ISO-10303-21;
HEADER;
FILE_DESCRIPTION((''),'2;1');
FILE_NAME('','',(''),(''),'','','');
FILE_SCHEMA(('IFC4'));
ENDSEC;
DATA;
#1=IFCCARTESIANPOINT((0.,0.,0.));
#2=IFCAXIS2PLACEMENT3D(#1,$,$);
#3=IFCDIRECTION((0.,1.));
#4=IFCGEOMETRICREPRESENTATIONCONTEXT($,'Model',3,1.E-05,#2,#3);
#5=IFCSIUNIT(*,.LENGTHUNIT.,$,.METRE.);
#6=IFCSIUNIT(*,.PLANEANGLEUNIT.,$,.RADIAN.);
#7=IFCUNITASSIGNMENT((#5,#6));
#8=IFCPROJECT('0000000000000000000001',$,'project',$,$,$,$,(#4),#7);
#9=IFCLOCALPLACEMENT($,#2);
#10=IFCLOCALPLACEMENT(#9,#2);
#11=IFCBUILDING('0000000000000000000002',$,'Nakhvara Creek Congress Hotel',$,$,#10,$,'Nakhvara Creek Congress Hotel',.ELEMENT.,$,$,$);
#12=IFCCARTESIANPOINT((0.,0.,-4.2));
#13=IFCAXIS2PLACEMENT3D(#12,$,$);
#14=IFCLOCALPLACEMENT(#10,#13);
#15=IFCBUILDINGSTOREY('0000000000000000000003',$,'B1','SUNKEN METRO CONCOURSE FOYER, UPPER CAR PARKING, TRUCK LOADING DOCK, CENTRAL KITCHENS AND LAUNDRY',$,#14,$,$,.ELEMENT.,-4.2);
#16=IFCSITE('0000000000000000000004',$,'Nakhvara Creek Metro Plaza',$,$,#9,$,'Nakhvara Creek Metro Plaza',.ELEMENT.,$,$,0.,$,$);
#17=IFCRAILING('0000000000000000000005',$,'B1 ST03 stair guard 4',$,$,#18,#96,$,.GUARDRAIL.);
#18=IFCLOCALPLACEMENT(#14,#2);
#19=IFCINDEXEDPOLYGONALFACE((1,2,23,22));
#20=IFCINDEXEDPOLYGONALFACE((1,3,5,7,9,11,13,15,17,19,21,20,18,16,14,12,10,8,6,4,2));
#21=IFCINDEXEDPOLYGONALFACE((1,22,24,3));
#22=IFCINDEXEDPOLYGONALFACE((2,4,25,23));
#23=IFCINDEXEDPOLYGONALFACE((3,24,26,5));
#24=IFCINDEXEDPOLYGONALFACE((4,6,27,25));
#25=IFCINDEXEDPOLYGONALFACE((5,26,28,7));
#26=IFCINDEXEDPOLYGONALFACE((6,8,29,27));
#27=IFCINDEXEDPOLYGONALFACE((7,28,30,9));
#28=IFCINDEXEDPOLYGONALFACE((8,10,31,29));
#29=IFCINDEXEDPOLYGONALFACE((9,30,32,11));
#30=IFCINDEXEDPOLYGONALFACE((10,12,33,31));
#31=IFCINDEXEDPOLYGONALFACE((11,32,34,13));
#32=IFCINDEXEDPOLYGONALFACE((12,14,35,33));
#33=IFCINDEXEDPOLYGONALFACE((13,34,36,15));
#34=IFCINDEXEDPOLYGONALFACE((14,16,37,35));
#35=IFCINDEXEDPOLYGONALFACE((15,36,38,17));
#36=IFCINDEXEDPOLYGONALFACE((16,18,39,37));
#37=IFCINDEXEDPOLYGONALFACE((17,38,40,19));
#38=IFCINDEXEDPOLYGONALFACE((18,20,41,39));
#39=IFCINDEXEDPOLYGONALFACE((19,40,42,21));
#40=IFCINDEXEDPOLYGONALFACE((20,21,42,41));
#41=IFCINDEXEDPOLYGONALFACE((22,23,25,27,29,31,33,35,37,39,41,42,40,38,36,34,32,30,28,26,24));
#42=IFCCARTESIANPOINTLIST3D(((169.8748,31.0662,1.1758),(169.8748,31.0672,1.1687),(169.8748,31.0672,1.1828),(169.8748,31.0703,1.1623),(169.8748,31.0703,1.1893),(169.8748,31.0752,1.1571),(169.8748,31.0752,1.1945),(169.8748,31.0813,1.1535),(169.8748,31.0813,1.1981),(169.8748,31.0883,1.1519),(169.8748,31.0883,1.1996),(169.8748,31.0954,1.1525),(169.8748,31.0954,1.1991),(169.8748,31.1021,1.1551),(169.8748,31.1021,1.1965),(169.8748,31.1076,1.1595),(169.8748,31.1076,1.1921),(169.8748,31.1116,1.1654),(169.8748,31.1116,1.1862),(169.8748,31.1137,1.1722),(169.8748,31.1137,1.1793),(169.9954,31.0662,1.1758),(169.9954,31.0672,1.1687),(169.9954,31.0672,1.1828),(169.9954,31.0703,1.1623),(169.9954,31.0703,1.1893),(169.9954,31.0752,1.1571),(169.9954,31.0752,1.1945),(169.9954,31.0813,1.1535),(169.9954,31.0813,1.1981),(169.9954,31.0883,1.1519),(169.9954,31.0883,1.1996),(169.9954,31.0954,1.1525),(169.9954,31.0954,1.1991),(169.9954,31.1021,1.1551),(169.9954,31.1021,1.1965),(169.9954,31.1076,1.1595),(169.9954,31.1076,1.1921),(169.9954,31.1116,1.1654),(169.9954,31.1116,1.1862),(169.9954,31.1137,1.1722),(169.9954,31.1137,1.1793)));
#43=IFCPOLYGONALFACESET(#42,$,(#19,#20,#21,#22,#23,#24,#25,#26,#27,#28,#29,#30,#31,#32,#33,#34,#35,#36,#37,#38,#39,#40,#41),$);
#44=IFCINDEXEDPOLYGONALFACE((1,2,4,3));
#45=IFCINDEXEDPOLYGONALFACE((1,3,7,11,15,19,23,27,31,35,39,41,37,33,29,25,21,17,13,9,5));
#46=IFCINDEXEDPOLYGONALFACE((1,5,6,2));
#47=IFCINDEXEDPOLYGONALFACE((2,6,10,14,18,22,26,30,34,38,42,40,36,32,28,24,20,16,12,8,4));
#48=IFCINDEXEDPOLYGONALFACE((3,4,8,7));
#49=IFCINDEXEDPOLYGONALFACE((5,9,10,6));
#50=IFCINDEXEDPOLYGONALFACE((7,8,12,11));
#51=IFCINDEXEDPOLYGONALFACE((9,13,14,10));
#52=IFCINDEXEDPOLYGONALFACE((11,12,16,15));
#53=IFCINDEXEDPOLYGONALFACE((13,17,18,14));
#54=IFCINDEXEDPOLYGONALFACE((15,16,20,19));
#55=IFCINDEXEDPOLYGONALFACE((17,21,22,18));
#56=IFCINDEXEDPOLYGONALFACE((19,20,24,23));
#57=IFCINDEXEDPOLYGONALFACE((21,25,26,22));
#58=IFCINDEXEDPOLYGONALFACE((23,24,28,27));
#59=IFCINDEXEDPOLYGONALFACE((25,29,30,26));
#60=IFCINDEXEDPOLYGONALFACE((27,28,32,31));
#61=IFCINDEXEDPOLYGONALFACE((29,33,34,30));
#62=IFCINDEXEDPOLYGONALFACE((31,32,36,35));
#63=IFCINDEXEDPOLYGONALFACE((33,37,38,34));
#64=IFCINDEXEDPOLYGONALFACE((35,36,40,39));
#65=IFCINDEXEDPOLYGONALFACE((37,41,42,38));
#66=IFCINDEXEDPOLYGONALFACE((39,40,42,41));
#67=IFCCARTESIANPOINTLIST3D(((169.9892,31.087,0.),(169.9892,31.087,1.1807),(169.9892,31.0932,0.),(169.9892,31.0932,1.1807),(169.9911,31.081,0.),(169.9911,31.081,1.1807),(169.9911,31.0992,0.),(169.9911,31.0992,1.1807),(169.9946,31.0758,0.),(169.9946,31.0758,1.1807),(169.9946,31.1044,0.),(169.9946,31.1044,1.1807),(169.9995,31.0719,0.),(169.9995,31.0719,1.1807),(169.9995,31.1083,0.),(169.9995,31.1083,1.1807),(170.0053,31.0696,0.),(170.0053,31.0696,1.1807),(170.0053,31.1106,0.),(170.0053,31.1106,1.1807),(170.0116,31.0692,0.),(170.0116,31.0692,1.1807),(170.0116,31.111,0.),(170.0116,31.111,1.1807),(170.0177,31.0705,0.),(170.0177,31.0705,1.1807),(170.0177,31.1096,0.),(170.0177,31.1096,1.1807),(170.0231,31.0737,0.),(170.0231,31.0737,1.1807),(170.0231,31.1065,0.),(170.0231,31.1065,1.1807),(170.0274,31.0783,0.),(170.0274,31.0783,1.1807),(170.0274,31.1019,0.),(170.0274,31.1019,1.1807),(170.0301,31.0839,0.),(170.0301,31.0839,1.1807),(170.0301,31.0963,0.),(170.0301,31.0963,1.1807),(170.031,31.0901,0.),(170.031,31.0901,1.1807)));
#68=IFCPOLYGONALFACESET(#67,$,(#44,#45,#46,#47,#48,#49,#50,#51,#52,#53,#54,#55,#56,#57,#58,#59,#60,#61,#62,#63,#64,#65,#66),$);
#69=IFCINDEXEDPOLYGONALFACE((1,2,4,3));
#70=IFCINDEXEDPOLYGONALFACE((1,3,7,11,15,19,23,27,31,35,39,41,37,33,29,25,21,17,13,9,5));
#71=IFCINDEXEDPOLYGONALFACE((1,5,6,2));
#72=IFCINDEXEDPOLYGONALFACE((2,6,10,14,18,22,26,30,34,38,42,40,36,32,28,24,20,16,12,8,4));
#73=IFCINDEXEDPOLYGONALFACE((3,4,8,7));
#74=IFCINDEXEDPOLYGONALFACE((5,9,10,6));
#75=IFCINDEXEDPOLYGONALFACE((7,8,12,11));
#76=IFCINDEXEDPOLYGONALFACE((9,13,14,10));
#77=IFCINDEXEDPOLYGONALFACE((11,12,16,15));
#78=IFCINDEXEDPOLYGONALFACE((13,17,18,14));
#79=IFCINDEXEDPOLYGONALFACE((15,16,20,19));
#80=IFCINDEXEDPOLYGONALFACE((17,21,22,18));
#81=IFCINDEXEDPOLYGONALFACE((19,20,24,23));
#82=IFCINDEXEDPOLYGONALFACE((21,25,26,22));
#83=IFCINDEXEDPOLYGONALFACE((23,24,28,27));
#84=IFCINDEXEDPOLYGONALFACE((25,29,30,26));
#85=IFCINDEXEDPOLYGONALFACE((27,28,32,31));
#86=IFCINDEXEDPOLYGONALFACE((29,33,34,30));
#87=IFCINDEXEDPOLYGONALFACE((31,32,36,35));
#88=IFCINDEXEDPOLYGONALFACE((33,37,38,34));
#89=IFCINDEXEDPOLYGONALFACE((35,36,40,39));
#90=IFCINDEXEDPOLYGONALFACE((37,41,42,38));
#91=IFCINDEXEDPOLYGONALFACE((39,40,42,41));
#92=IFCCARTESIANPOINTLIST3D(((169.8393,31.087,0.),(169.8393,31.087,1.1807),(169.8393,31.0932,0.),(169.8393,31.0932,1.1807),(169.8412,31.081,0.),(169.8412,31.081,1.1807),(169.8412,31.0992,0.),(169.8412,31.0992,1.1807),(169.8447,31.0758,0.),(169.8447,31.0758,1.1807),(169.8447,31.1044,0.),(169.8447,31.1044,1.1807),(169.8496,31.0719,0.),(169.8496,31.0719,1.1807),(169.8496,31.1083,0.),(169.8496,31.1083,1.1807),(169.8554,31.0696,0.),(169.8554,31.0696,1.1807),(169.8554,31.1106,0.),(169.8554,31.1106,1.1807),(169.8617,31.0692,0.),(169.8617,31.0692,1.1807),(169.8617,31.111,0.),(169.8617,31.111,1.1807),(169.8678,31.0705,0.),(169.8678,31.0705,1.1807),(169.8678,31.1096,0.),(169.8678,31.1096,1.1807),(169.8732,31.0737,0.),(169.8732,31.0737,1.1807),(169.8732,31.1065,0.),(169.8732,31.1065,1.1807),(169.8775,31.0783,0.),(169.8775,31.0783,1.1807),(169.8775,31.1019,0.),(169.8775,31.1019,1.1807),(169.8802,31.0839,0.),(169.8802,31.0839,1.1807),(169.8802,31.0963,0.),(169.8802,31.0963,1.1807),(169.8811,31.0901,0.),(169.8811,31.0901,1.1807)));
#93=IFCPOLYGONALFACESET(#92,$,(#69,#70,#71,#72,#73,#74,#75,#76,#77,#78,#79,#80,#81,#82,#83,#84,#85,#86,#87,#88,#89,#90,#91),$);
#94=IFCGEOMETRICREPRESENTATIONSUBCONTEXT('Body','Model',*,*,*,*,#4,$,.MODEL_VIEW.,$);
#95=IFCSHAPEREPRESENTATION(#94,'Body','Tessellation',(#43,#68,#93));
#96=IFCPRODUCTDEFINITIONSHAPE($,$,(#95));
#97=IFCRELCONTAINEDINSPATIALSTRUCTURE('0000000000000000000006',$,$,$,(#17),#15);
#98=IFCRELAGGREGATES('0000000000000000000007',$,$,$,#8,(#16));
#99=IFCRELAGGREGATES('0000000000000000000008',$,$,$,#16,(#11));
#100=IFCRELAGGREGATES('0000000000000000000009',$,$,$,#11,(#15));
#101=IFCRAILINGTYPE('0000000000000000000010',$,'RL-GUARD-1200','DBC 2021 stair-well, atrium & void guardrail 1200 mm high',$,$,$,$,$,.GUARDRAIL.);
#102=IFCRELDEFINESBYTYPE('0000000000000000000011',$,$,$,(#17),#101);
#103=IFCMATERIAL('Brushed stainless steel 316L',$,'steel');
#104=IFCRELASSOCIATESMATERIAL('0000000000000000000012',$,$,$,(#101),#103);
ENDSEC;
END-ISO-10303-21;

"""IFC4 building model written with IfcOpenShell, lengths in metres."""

from ifc_helpers import new_model, si_unit, direction, frame, origin, origin_2d, place, context, subcontext, project, spatial, circle, extrude, material, type_object, element, save


model = new_model("IFC4")

# Units and contexts
model_context = context("Model", 3, precision=1e-05, world=origin(), true_north=direction((0.0, 1.0)))
body_context = subcontext(model_context, "Body", "Model", "MODEL_VIEW")
ifc_project = project(units=[si_unit("LENGTHUNIT", "METRE"), si_unit("PLANEANGLEUNIT", "RADIAN")], contexts=[model_context])

# Site, building, storey
site_placement = place(None, origin())
site = spatial("IfcSite", under=ifc_project, at=site_placement, Name="Nakhvara Creek Metro Plaza", LongName="Nakhvara Creek Metro Plaza", CompositionType="ELEMENT", RefElevation=0.0)
building_placement = place(site_placement, origin())
building = spatial("IfcBuilding", under=site, at=building_placement, Name="Nakhvara Creek Congress Hotel", LongName="Nakhvara Creek Congress Hotel", CompositionType="ELEMENT")
storey_placement = place(building_placement, frame((0.0, 0.0, -4.2)))
storey = spatial("IfcBuildingStorey", under=building, at=storey_placement, Name="B1", Description="SUNKEN METRO CONCOURSE FOYER, UPPER CAR PARKING, TRUCK LOADING DOCK, CENTRAL KITCHENS AND LAUNDRY", CompositionType="ELEMENT", Elevation=-4.2)

# Railing
ifc_material_1 = material(Name="Brushed stainless steel 316L", Category="steel")
railing_type_1 = type_object("IfcRailingType", Name="RL-GUARD-1200", Description="DBC 2021 stair-well, atrium & void guardrail 1200 mm high", PredefinedType="GUARDRAIL", material=ifc_material_1)
railing_1_placement = place(storey_placement, frame((170.01, 31.0901, 0.0)))
element("IfcRailing", 1, at=railing_1_placement, inside=storey, type_object=railing_type_1, Name="B1 ST03 stair guard 4", PredefinedType="GUARDRAIL", context=body_context, shape_type="SweptSolid", body=[
    extrude(circle(Radius=0.0239, at=origin_2d()), frame((-0.0146, 0.0, 1.1758), z_axis=(-1.0, 0.0, 0.0), x_axis=(0.0, -1.0, 0.0)), (0.0, 0.0, 1.0), 0.1206),
    extrude(circle(Radius=0.021, at=origin_2d()), origin(), (0.0, 0.0, 1.0), 1.1807),
    extrude(circle(Radius=0.021, at=origin_2d()), frame((-0.1499, 0.0, 0.0)), (0.0, 0.0, 1.0), 1.1807),
])

save(model, "model.ifc")
